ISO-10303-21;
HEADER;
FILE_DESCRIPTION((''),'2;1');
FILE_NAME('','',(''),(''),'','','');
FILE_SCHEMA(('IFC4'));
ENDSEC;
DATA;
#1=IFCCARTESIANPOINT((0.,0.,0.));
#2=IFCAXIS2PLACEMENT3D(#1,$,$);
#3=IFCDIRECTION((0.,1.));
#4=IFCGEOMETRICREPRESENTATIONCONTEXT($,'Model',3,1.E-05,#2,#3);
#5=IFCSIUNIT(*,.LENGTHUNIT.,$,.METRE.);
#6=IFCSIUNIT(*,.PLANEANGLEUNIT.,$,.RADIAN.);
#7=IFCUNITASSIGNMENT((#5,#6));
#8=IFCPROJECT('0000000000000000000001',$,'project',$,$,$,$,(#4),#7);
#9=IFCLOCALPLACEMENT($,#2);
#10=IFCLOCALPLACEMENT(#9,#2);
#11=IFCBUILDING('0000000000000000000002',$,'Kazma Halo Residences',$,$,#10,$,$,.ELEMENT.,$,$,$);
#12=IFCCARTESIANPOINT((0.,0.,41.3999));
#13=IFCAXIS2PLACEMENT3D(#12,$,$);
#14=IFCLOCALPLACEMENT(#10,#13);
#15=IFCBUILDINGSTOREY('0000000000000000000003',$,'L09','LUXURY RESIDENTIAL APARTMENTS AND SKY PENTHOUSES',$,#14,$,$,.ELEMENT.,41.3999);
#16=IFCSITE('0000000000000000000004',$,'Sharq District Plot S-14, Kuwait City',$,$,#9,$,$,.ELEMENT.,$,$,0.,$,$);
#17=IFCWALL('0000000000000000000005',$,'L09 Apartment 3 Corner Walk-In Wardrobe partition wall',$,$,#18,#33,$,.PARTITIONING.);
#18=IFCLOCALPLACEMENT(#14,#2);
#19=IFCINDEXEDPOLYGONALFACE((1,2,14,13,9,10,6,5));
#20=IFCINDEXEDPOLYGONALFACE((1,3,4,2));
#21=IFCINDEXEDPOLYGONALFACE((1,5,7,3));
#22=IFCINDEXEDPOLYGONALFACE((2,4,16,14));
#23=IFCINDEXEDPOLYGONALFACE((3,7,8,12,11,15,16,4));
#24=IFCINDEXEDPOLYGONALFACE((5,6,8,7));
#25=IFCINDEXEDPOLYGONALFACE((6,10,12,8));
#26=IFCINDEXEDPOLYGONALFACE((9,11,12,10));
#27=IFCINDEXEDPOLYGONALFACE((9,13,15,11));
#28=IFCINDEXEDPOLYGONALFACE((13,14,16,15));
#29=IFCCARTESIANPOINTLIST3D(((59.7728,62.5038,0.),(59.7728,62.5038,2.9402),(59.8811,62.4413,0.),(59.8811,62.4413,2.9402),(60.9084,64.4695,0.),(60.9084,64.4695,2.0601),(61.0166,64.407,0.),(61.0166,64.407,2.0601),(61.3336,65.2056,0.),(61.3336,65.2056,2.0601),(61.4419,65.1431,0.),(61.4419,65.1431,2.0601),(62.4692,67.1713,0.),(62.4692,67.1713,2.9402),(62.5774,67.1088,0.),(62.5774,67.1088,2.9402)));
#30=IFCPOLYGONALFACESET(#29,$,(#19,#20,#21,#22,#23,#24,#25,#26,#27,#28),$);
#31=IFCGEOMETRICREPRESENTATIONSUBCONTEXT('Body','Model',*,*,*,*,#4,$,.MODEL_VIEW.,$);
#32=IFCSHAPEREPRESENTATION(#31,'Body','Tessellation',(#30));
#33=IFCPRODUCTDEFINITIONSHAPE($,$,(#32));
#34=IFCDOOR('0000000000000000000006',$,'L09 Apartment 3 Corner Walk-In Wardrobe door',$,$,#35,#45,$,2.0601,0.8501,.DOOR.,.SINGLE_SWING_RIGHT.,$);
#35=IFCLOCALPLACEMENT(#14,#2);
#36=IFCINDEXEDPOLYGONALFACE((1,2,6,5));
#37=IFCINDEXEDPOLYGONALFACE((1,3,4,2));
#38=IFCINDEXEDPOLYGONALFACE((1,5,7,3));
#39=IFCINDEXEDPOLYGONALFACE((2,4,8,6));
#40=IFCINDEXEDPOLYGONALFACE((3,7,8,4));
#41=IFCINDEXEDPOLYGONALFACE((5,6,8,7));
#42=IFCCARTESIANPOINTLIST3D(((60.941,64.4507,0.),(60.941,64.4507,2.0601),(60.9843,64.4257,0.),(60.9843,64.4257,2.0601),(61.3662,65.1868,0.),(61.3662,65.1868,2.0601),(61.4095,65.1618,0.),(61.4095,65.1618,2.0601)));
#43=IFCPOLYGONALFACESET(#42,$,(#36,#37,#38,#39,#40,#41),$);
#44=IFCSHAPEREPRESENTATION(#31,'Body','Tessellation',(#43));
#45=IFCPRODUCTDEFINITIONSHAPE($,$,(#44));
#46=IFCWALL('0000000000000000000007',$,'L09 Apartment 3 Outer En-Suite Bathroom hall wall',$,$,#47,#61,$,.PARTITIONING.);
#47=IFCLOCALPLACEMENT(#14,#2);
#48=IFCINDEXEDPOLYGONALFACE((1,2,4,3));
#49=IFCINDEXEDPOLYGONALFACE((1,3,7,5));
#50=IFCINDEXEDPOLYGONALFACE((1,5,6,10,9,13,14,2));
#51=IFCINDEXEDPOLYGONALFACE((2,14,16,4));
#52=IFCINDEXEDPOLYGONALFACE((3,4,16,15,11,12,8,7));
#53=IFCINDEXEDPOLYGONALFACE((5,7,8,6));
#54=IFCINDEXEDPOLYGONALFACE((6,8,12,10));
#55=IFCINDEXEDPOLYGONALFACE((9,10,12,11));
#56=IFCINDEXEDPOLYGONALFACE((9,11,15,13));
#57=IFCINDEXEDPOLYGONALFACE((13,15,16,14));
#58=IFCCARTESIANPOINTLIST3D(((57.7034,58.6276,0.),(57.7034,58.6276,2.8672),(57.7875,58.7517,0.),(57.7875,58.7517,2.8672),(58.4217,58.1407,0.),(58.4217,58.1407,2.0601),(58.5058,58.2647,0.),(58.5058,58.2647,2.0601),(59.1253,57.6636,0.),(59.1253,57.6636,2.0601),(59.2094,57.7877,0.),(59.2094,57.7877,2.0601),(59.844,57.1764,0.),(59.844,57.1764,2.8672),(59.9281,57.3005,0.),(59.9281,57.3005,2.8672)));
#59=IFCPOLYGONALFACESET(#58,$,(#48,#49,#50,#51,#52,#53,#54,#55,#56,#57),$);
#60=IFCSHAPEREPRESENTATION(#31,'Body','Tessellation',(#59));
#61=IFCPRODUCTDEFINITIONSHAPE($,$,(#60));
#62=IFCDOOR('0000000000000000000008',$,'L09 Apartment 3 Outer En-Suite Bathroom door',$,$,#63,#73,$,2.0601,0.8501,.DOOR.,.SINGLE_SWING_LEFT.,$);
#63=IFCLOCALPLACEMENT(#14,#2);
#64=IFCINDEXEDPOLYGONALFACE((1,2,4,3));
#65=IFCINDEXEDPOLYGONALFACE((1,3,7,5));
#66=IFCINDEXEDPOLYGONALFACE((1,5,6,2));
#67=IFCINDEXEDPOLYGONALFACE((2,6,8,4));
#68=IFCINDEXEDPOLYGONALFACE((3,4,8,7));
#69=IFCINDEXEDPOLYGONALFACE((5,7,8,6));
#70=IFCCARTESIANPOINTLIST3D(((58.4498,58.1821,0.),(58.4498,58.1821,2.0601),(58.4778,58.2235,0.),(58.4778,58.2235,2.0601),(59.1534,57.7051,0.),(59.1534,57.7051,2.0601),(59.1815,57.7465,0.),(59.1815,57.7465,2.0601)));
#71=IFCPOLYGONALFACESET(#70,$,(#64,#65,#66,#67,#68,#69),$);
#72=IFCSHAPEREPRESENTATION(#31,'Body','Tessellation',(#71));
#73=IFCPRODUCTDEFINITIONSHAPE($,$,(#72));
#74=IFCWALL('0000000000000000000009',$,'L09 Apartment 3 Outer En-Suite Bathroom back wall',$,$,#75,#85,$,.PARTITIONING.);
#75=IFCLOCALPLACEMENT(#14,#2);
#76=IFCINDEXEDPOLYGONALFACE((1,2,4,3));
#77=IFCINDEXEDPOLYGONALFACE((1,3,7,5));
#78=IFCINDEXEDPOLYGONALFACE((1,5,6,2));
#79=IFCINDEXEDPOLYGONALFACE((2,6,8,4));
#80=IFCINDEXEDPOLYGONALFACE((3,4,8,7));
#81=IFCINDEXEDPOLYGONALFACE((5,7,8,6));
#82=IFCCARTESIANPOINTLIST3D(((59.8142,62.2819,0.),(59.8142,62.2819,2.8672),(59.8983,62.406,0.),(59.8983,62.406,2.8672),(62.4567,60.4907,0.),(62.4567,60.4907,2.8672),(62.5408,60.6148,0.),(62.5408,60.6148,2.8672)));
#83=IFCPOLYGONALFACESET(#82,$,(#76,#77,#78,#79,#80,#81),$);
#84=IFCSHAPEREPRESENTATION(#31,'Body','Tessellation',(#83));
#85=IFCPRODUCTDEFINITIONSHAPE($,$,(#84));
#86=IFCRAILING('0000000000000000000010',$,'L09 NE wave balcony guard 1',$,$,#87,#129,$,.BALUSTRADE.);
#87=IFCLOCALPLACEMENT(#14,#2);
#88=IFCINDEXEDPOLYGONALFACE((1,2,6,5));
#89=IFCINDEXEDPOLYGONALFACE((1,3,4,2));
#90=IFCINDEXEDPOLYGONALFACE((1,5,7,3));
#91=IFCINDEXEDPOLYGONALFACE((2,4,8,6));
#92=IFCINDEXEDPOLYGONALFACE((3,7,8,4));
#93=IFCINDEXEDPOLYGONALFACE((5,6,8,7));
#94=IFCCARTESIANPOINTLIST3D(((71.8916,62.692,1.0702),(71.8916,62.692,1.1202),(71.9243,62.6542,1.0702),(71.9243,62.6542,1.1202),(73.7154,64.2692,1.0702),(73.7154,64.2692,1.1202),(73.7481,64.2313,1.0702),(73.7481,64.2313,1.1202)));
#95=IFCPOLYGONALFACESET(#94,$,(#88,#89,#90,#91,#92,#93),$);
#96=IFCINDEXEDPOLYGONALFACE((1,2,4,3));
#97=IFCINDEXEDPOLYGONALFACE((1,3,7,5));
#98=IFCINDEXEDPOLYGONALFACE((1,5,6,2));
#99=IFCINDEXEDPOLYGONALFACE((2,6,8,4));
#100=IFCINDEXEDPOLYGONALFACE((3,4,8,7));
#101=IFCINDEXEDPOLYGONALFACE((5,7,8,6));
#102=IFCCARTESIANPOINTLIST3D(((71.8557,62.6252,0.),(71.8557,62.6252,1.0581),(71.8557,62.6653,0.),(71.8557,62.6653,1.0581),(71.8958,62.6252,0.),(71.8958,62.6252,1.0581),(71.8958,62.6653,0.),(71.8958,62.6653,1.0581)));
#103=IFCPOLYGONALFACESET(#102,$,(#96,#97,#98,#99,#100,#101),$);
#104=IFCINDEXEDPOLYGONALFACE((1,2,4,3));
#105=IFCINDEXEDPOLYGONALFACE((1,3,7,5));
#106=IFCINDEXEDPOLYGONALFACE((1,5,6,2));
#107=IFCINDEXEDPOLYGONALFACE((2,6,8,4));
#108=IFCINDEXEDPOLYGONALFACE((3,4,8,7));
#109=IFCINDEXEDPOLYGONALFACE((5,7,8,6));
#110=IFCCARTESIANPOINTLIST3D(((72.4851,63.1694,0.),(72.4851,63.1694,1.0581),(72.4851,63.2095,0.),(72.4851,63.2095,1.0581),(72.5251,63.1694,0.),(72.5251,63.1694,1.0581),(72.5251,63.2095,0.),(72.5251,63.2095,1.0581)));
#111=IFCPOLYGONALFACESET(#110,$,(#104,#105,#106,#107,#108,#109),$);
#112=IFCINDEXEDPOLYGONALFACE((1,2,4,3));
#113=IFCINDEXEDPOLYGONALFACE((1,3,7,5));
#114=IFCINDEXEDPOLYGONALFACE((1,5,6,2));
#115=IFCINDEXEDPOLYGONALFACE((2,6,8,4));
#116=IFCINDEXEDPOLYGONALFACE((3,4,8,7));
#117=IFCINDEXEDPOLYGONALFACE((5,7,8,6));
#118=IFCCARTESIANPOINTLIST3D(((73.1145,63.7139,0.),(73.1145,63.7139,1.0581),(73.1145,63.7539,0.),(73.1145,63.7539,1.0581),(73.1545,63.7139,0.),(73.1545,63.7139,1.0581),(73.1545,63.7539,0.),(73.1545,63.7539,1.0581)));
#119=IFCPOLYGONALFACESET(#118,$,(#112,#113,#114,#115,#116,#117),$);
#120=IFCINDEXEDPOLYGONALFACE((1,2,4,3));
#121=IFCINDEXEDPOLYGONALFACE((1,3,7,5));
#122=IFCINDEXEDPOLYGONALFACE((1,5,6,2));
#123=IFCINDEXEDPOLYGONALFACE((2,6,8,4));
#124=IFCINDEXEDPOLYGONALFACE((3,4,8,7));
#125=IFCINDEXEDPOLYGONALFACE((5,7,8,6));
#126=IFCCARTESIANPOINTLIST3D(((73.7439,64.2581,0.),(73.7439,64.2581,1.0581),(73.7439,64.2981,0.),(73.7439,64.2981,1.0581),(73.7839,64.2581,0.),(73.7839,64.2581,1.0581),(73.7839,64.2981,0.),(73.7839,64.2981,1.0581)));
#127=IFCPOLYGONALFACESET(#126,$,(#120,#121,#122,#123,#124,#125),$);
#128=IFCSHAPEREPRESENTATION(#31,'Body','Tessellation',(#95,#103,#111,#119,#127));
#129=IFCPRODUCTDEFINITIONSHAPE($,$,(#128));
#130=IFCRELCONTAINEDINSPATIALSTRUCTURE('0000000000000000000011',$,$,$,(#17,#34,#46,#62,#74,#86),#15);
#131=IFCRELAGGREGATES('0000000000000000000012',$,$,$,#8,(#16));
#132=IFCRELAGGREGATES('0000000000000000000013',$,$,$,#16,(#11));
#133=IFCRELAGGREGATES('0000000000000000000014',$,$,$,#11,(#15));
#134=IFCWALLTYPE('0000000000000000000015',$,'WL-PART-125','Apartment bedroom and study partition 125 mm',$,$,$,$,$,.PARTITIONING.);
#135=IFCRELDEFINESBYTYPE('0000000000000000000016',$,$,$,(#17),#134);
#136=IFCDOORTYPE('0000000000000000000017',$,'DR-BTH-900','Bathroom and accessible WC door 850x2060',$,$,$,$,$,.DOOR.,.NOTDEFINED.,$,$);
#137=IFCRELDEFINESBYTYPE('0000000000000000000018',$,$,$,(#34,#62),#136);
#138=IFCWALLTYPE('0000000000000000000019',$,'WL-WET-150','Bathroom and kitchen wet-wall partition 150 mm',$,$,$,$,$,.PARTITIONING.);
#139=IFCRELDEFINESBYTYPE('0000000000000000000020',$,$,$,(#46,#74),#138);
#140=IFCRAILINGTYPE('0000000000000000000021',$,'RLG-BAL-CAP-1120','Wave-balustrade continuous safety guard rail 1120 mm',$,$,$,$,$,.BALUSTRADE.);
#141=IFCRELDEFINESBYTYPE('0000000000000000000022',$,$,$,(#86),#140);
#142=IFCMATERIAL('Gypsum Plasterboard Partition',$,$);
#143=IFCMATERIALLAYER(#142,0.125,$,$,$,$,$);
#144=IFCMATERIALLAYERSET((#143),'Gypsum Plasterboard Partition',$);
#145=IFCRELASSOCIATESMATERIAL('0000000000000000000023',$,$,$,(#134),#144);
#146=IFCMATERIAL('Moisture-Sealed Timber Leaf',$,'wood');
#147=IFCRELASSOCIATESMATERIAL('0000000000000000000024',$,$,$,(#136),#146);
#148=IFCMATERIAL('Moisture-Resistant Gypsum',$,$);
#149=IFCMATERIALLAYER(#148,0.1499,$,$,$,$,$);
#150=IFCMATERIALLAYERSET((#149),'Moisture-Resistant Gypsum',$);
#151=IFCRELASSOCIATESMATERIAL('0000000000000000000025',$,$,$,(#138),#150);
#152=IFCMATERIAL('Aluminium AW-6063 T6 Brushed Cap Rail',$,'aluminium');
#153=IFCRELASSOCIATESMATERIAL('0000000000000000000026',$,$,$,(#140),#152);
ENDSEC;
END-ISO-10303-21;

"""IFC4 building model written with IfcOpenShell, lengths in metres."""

from ifc_helpers import new_model, si_unit, direction, frame, frame_2d, origin, origin_2d, place, context, subcontext, project, spatial, rectangle, extrude, material, layer, layer_set, type_object, element, fill, save


model = new_model("IFC4")

# Units and contexts
model_context = context("Model", 3, precision=1e-05, world=origin(), true_north=direction((0.0, 1.0)))
body_context = subcontext(model_context, "Body", "Model", "MODEL_VIEW")
ifc_project = project(units=[si_unit("LENGTHUNIT", "METRE"), si_unit("PLANEANGLEUNIT", "RADIAN")], contexts=[model_context])

# Site, building, storey
site_placement = place(None, origin())
site = spatial("IfcSite", under=ifc_project, at=site_placement, Name="Sharq District Plot S-14, Kuwait City", CompositionType="ELEMENT", RefElevation=0.0)
building_placement = place(site_placement, origin())
building = spatial("IfcBuilding", under=site, at=building_placement, Name="Kazma Halo Residences", CompositionType="ELEMENT")
storey_placement = place(building_placement, frame((0.0, 0.0, 41.3999)))
storey = spatial("IfcBuildingStorey", under=building, at=storey_placement, Name="L09", Description="LUXURY RESIDENTIAL APARTMENTS AND SKY PENTHOUSES", CompositionType="ELEMENT", Elevation=41.3999)

# Shared definitions
ifc_material_1 = material(Name="Gypsum Plasterboard Partition")
ifc_layer_1 = layer(ifc_material_1, 0.125)
ifc_layer_set_1 = layer_set([ifc_layer_1], Name="Gypsum Plasterboard Partition")
wall_type_1 = type_object("IfcWallType", Name="WL-PART-125", Description="Apartment bedroom and study partition 125 mm", PredefinedType="PARTITIONING", material=ifc_layer_set_1)

# Walls, openings, doors
wall_1_placement = place(storey_placement, frame((59.8269, 62.4724, 0.0), z_axis=(0.0, 0.0, 1.0), x_axis=(0.500211, 0.865903, 0.0)))
wall_1 = element("IfcWall", 1, at=wall_1_placement, inside=storey, type_object=wall_type_1, Name="L09 Apartment 3 Corner Walk-In Wardrobe partition wall", PredefinedType="PARTITIONING", context=body_context, shape_type="SweptSolid", body=[
    extrude(rectangle(XDim=5.3904, YDim=0.125, at=frame_2d((2.6953, 0.0))), origin(), (0.0, 0.0, 1.0), 2.9402),
])
opening_1_placement = place(wall_1_placement, frame((2.2703, 0.0, 0.0)))
opening_1 = element("IfcOpeningElement", 2, at=opening_1_placement, cuts=wall_1, PredefinedType="OPENING", context=body_context, shape_type="SweptSolid", body=[
    extrude(rectangle(XDim=0.8501, YDim=2.0601, at=frame_2d((0.425, 1.03))), frame((0.0, 0.0725, 0.0), z_axis=(0.0, -1.0, 0.0), x_axis=(1.0, 0.0, 0.0)), (0.0, 0.0, 1.0), 0.145),
])
ifc_material_2 = material(Name="Moisture-Sealed Timber Leaf", Category="wood")
door_type_1 = type_object("IfcDoorType", Name="DR-BTH-900", Description="Bathroom and accessible WC door 850x2060", OperationType="NOTDEFINED", PredefinedType="DOOR", material=ifc_material_2)
door_1_placement = place(opening_1_placement, origin())
door_1 = element("IfcDoor", 3, at=door_1_placement, inside=storey, type_object=door_type_1, Name="L09 Apartment 3 Corner Walk-In Wardrobe door", OperationType="SINGLE_SWING_RIGHT", OverallHeight=2.0601, OverallWidth=0.8501, PredefinedType="DOOR", context=body_context, shape_type="SweptSolid", body=[
    extrude(rectangle(XDim=0.8501, YDim=2.0601, at=frame_2d((0.425, 1.03))), frame((0.0, 0.0249, 0.0), z_axis=(0.0, -1.0, 0.0), x_axis=(1.0, 0.0, 0.0)), (0.0, 0.0, 1.0), 0.05),
])
fill(opening_1, door_1)
ifc_material_3 = material(Name="Moisture-Resistant Gypsum")
ifc_layer_2 = layer(ifc_material_3, 0.1499)
ifc_layer_set_2 = layer_set([ifc_layer_2], Name="Moisture-Resistant Gypsum")
wall_type_2 = type_object("IfcWallType", Name="WL-WET-150", Description="Bathroom and kitchen wet-wall partition 150 mm", PredefinedType="PARTITIONING", material=ifc_layer_set_2)
wall_2_placement = place(storey_placement, frame((59.886, 57.2385, 0.0), z_axis=(0.0, 0.0, 1.0), x_axis=(-0.827726, 0.561132, 0.0)))
wall_2 = element("IfcWall", 4, at=wall_2_placement, inside=storey, type_object=wall_type_2, Name="L09 Apartment 3 Outer En-Suite Bathroom hall wall", PredefinedType="PARTITIONING", context=body_context, shape_type="SweptSolid", body=[
    extrude(rectangle(XDim=2.5862, YDim=0.1499, at=frame_2d((1.293, 0.0))), origin(), (0.0, 0.0, 1.0), 2.8672),
])
opening_2_placement = place(wall_2_placement, frame((0.8682, 0.0, 0.0)))
opening_2 = element("IfcOpeningElement", 5, at=opening_2_placement, cuts=wall_2, PredefinedType="OPENING", context=body_context, shape_type="SweptSolid", body=[
    extrude(rectangle(XDim=0.8501, YDim=2.0601, at=frame_2d((0.425, 1.03))), frame((0.0, 0.085, 0.0), z_axis=(0.0, -1.0, 0.0), x_axis=(1.0, 0.0, 0.0)), (0.0, 0.0, 1.0), 0.1699),
])
door_2_placement = place(opening_2_placement, origin())
door_2 = element("IfcDoor", 6, at=door_2_placement, inside=storey, type_object=door_type_1, Name="L09 Apartment 3 Outer En-Suite Bathroom door", OperationType="SINGLE_SWING_LEFT", OverallHeight=2.0601, OverallWidth=0.8501, PredefinedType="DOOR", context=body_context, shape_type="SweptSolid", body=[
    extrude(rectangle(XDim=0.8501, YDim=2.0601, at=frame_2d((0.425, 1.03))), frame((0.0, 0.0249, 0.0), z_axis=(0.0, -1.0, 0.0), x_axis=(1.0, 0.0, 0.0)), (0.0, 0.0, 1.0), 0.05),
])
fill(opening_2, door_2)

# Wall
wall_3_placement = place(storey_placement, frame((62.4988, 60.5527, 0.0), z_axis=(0.0, 0.0, 1.0), x_axis=(-0.827755, 0.56109, 0.0)))
element("IfcWall", 7, at=wall_3_placement, inside=storey, type_object=wall_type_2, Name="L09 Apartment 3 Outer En-Suite Bathroom back wall", PredefinedType="PARTITIONING", context=body_context, shape_type="SweptSolid", body=[
    extrude(rectangle(XDim=3.1924, YDim=0.1499, at=frame_2d((1.5962, 0.0))), origin(), (0.0, 0.0, 1.0), 2.8672),
])

# Railing
ifc_material_4 = material(Name="Aluminium AW-6063 T6 Brushed Cap Rail", Category="aluminium")
railing_type = type_object("IfcRailingType", Name="RLG-BAL-CAP-1120", Description="Wave-balustrade continuous safety guard rail 1120 mm", PredefinedType="BALUSTRADE", material=ifc_material_4)
railing_1_placement = place(storey_placement, frame((71.8757, 62.6453, 0.0)))
element("IfcRailing", 8, at=railing_1_placement, inside=storey, type_object=railing_type, Name="L09 NE wave balcony guard 1", PredefinedType="BALUSTRADE", context=body_context, shape_type="SweptSolid", body=[
    extrude(rectangle(XDim=0.05, YDim=0.05, at=origin_2d()), frame((0.0322, 0.0278, 1.0952), z_axis=(0.756405, 0.654104, 0.0), x_axis=(-0.654104, 0.756405, 0.0)), (0.0, 0.0, 1.0), 2.4111),
    extrude(rectangle(XDim=0.04, YDim=0.04, at=origin_2d()), origin(), (0.0, 0.0, 1.0), 1.0581),
    extrude(rectangle(XDim=0.04, YDim=0.04, at=origin_2d()), frame((0.6294, 0.5442, 0.0)), (0.0, 0.0, 1.0), 1.0581),
    extrude(rectangle(XDim=0.04, YDim=0.04, at=origin_2d()), frame((1.2588, 1.0886, 0.0)), (0.0, 0.0, 1.0), 1.0581),
    extrude(rectangle(XDim=0.04, YDim=0.04, at=origin_2d()), frame((1.8882, 1.6328, 0.0)), (0.0, 0.0, 1.0), 1.0581),
])

save(model, "model.ifc")
